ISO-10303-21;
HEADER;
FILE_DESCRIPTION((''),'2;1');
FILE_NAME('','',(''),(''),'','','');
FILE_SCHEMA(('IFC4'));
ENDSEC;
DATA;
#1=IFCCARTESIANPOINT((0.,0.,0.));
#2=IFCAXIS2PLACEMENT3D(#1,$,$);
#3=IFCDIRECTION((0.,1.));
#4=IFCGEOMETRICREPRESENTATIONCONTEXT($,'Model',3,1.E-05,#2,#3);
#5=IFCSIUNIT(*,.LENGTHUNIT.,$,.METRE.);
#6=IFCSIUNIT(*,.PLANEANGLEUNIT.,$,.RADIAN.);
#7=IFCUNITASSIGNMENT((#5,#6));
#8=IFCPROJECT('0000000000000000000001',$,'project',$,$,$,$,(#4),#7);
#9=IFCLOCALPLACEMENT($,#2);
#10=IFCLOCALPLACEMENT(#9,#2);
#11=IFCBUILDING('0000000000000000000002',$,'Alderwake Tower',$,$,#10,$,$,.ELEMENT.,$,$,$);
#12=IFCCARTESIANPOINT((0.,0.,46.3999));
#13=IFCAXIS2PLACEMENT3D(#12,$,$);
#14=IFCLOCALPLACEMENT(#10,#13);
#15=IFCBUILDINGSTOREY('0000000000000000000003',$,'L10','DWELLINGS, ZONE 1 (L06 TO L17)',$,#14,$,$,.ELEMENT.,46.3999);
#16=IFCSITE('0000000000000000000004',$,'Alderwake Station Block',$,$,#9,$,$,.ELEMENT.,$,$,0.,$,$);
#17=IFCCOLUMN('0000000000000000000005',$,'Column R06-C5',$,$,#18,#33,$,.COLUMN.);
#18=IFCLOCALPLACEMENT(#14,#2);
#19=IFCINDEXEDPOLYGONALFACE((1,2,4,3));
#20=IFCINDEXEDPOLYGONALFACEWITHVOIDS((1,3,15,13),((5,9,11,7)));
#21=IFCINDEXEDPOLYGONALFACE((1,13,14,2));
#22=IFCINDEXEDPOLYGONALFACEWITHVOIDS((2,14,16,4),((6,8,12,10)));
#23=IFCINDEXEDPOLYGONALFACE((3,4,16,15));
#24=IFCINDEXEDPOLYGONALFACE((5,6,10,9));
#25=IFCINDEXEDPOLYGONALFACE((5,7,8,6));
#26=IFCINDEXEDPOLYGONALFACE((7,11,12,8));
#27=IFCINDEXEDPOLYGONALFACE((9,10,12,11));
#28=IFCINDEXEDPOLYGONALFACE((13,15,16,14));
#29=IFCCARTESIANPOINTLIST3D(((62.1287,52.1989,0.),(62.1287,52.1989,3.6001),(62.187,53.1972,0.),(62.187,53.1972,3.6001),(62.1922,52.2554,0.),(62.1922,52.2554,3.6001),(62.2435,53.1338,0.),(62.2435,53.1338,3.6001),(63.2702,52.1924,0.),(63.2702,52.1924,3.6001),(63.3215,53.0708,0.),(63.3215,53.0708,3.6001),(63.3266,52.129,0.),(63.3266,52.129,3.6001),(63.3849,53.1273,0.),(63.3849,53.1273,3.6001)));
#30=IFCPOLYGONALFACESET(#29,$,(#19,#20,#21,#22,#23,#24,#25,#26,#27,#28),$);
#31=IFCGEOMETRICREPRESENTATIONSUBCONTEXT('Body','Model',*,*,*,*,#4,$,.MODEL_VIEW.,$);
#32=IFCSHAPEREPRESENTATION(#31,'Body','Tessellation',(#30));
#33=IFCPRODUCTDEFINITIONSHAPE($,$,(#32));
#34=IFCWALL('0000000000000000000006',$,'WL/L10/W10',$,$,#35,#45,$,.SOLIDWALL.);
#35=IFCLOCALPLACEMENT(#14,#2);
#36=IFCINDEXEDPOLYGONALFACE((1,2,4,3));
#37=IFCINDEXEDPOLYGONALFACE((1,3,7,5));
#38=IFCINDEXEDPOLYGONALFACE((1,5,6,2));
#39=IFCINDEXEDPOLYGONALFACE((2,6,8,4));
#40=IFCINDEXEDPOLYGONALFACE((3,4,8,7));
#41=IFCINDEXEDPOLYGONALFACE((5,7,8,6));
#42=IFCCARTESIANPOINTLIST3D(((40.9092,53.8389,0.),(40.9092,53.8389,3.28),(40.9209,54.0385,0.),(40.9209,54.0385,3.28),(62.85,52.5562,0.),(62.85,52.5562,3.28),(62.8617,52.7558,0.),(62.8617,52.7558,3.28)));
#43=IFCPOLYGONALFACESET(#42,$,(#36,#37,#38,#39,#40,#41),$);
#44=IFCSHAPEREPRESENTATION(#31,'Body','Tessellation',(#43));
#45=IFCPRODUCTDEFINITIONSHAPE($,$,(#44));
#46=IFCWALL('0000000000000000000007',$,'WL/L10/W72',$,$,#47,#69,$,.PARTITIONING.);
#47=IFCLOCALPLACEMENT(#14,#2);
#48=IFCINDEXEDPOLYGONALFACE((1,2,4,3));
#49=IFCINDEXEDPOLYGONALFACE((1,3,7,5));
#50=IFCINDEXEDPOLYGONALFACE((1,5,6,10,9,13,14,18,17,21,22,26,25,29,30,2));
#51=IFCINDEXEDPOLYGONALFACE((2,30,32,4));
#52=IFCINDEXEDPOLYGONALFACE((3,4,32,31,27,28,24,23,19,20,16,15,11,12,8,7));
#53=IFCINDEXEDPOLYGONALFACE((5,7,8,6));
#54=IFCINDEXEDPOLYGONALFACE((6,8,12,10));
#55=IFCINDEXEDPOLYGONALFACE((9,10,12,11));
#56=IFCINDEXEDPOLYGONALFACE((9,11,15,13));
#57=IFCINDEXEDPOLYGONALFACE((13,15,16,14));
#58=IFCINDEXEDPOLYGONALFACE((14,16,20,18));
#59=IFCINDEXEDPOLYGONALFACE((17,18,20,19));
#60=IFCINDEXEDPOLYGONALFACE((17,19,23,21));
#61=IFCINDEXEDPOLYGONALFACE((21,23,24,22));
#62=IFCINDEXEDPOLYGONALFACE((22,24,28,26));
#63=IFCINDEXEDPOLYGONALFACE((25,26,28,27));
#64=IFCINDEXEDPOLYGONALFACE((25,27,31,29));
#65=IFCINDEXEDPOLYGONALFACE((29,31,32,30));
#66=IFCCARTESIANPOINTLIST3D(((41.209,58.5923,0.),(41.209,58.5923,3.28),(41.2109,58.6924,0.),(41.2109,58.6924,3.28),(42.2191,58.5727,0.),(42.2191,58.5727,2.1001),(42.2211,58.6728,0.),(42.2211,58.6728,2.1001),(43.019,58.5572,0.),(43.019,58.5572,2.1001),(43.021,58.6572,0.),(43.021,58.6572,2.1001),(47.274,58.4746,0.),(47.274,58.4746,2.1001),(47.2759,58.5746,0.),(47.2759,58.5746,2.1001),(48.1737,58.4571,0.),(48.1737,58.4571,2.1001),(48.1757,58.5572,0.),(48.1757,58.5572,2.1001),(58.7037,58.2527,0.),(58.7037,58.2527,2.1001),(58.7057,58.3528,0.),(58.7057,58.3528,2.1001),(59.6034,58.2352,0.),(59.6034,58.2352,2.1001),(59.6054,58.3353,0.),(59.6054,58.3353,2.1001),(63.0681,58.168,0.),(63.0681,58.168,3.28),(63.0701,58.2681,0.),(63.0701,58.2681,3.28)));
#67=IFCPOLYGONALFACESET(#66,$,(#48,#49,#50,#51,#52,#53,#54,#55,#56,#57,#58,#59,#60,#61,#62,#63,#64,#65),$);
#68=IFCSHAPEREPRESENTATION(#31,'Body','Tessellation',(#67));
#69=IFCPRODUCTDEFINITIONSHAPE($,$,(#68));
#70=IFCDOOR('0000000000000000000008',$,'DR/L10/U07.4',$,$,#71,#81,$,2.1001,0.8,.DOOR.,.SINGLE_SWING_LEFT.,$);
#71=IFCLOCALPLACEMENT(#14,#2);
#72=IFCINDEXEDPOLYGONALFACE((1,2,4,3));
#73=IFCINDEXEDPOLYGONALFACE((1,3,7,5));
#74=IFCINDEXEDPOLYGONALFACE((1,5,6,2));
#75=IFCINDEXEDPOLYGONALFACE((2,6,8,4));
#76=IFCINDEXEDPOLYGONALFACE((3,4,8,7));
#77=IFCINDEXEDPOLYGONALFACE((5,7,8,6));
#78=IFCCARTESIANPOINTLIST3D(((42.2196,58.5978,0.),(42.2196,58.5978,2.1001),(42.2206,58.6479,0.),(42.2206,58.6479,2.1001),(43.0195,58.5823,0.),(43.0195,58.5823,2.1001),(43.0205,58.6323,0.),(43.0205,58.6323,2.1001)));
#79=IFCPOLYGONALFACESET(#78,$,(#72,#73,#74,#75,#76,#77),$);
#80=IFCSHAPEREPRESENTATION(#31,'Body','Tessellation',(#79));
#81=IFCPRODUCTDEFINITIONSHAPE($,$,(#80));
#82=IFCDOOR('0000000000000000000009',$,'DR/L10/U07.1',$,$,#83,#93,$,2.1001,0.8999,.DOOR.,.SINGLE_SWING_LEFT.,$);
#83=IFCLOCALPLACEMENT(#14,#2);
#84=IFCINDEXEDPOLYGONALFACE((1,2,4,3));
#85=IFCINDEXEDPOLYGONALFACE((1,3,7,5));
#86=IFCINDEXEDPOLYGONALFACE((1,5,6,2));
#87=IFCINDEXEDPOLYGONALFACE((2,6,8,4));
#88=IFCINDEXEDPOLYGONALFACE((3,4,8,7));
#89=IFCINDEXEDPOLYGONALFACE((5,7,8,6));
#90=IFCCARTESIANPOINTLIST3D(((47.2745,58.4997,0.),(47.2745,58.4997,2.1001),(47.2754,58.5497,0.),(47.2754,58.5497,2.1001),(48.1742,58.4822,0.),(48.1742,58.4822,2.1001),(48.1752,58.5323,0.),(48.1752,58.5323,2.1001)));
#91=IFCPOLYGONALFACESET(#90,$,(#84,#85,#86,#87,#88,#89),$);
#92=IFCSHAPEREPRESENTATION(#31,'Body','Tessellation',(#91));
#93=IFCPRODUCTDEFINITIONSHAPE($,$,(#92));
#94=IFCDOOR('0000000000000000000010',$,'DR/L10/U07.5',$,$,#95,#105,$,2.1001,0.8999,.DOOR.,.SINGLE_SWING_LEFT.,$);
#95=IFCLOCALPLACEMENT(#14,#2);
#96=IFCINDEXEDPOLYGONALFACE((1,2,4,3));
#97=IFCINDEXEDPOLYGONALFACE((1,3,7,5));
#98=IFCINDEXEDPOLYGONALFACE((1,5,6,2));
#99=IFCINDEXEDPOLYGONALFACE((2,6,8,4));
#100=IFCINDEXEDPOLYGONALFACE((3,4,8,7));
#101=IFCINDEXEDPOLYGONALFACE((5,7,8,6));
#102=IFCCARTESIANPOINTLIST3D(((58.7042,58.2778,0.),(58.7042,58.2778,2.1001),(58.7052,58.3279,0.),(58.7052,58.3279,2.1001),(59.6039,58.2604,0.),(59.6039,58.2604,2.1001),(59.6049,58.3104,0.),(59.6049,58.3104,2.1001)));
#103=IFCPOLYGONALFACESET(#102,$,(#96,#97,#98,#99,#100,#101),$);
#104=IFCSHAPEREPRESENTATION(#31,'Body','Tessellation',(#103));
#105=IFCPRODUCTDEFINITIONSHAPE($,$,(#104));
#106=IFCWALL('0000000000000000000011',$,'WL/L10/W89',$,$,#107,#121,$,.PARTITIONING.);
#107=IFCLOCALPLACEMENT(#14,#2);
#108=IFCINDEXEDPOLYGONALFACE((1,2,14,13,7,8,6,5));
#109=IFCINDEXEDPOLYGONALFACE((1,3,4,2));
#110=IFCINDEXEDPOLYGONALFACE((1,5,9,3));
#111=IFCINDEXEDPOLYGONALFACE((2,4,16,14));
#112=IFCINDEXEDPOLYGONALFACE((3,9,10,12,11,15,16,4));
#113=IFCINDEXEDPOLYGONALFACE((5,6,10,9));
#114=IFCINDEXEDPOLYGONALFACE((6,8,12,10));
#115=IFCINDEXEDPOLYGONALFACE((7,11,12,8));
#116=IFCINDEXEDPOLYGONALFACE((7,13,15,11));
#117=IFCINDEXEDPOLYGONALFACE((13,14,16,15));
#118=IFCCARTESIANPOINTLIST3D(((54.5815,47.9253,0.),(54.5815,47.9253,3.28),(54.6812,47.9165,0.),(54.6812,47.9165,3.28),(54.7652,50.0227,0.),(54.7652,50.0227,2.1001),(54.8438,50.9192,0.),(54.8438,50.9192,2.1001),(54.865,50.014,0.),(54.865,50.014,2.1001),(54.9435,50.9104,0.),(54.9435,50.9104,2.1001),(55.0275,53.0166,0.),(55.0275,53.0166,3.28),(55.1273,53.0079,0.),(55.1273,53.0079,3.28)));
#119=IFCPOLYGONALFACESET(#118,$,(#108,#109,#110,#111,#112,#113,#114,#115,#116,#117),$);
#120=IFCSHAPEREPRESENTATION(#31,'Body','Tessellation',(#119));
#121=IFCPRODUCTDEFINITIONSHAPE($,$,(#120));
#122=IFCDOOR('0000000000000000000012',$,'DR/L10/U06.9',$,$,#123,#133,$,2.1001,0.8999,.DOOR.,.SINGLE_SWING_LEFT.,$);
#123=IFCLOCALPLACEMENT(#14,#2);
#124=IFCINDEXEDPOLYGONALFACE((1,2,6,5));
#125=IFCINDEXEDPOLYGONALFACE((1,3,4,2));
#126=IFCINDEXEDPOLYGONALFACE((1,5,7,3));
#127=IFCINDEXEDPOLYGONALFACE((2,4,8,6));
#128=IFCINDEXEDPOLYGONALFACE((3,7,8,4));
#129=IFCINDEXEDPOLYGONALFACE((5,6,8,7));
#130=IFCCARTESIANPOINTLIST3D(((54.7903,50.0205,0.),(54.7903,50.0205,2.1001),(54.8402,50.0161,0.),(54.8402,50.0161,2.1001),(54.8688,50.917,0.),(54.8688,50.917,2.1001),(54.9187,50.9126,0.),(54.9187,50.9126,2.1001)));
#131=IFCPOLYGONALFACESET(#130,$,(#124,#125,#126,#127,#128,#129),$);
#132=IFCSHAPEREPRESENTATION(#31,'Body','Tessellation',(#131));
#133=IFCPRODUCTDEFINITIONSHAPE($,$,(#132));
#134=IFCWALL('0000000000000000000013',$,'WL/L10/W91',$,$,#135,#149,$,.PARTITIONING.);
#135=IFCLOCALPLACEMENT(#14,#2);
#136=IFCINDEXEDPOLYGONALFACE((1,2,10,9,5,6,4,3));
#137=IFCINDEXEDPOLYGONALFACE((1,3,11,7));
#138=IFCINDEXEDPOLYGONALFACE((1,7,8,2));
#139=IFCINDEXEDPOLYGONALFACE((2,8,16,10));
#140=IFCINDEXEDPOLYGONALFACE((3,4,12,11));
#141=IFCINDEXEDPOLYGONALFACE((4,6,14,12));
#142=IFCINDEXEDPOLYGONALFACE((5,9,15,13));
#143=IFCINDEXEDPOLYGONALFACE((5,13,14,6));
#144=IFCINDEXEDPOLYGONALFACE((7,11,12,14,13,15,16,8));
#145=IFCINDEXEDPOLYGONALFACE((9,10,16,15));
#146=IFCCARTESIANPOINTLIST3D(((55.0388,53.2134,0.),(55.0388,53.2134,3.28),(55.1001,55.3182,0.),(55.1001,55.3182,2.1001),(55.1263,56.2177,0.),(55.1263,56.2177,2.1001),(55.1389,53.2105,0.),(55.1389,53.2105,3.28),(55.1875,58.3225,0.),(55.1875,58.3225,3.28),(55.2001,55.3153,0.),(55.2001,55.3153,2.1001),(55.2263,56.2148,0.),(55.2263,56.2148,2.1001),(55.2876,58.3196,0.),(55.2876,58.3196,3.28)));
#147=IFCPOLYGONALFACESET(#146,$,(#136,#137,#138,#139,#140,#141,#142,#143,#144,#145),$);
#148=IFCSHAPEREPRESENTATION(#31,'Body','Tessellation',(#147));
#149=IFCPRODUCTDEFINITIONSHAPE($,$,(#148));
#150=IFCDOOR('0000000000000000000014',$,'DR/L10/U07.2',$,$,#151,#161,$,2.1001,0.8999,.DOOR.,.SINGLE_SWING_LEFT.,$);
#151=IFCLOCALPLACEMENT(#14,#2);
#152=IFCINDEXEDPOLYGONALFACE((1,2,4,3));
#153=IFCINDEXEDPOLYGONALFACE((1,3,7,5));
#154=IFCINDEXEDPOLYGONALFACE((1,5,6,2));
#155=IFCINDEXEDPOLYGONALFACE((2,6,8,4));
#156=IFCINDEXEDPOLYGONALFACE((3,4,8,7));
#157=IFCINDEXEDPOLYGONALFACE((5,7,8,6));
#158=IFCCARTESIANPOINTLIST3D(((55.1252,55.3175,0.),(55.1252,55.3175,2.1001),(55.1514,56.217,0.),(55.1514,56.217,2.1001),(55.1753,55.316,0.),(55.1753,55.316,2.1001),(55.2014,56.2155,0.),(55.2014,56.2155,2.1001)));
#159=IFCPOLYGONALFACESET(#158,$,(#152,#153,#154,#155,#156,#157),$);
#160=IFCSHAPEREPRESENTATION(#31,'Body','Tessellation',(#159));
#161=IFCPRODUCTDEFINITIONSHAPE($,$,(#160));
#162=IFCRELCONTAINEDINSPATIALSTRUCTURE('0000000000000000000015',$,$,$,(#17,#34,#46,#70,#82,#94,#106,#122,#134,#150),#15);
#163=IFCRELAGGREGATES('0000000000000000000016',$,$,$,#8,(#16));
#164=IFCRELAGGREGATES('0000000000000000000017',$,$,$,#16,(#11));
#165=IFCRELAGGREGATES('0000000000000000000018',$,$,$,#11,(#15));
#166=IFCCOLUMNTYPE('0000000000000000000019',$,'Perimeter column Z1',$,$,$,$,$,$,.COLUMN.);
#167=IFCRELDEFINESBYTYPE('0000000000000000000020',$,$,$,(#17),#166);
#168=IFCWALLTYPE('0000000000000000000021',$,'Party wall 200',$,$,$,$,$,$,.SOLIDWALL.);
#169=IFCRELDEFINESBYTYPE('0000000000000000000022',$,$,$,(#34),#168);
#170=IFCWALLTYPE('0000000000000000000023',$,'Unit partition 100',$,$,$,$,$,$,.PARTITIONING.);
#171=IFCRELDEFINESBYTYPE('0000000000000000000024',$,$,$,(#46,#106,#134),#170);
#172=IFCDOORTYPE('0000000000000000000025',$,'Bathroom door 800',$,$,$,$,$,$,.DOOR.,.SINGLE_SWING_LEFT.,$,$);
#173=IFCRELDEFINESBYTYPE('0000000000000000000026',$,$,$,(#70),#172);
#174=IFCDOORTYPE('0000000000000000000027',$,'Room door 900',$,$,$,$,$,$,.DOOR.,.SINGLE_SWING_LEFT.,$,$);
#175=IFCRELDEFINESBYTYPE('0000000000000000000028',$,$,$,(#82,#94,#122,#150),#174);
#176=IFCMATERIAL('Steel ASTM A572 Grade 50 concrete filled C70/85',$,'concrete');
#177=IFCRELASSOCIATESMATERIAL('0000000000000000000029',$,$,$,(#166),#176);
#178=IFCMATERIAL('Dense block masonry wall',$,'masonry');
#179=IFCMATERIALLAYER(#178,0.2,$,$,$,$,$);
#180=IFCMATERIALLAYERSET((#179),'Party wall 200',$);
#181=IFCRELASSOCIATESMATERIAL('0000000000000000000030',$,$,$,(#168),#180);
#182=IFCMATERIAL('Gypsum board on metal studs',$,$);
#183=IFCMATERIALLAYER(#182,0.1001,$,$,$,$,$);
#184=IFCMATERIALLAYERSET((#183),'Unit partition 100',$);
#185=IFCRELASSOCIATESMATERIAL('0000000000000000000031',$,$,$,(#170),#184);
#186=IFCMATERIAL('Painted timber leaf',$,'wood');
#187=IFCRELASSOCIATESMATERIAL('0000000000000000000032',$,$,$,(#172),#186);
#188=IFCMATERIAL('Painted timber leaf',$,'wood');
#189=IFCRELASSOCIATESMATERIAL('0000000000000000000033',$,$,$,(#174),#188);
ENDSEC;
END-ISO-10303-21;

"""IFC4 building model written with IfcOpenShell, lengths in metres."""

from ifc_helpers import new_model, si_unit, direction, frame, frame_2d, origin, origin_2d, place, context, subcontext, project, spatial, rectangle, hollow_rectangle, extrude, material, layer, layer_set, material_profile, profile_set, type_object, element, fill, save


model = new_model("IFC4")

# Units and contexts
model_context = context("Model", 3, precision=1e-05, world=origin(), true_north=direction((0.0, 1.0)))
body_context = subcontext(model_context, "Body", "Model", "MODEL_VIEW")
ifc_project = project(units=[si_unit("LENGTHUNIT", "METRE"), si_unit("PLANEANGLEUNIT", "RADIAN")], contexts=[model_context])

# Site, building, storey
site_placement = place(None, origin())
site = spatial("IfcSite", under=ifc_project, at=site_placement, Name="Alderwake Station Block", CompositionType="ELEMENT", RefElevation=0.0)
building_placement = place(site_placement, origin())
building = spatial("IfcBuilding", under=site, at=building_placement, Name="Alderwake Tower", CompositionType="ELEMENT")
storey_placement = place(building_placement, frame((0.0, 0.0, 46.3999)))
storey = spatial("IfcBuildingStorey", under=building, at=storey_placement, Name="L10", Description="DWELLINGS, ZONE 1 (L06 TO L17)", CompositionType="ELEMENT", Elevation=46.3999)

# Column
ifc_material_1 = material(Name="Steel ASTM A572 Grade 50 concrete filled C70/85", Category="concrete")
ifc_material_profile = material_profile(ifc_material_1, hollow_rectangle(XDim=1.0, YDim=1.2, WallThickness=0.0601, at=origin_2d()), Name="BOX 1200X1000X60")
ifc_profile_set = profile_set([ifc_material_profile], Name="Steel ASTM A572 Grade 50 concrete filled C70/85")
column_type = type_object("IfcColumnType", Name="Perimeter column Z1", PredefinedType="COLUMN", material=ifc_profile_set)
column_placement = place(storey_placement, frame((62.7568, 52.6631, 0.0), z_axis=(0.0, 0.0, 1.0), x_axis=(0.058299, 0.998299, 0.0)))
element("IfcColumn", 1, at=column_placement, inside=storey, type_object=column_type, Name="Column R06-C5", PredefinedType="COLUMN", context=body_context, shape_type="SweptSolid", body=[
    extrude(hollow_rectangle(XDim=1.0, YDim=1.2, WallThickness=0.0601, at=origin_2d()), origin(), (0.0, 0.0, 1.0), 3.6001),
])

# Wall
ifc_material_2 = material(Name="Dense block masonry wall", Category="masonry")
ifc_layer_1 = layer(ifc_material_2, 0.2)
ifc_layer_set_1 = layer_set([ifc_layer_1], Name="Party wall 200")
wall_type_1 = type_object("IfcWallType", Name="Party wall 200", PredefinedType="SOLIDWALL", material=ifc_layer_set_1)
wall_1_placement = place(storey_placement, frame((62.856, 52.656, 0.0), z_axis=(0.0, 0.0, 1.0), x_axis=(-0.998295, 0.058363, 0.0)))
element("IfcWall", 2, at=wall_1_placement, inside=storey, type_object=wall_type_1, Name="WL/L10/W10", PredefinedType="SOLIDWALL", context=body_context, shape_type="SweptSolid", body=[
    extrude(rectangle(XDim=21.9783, YDim=0.2, at=frame_2d((10.9893, 0.0))), origin(), (0.0, 0.0, 1.0), 3.28),
])

# Wall, openings, doors
ifc_material_3 = material(Name="Gypsum board on metal studs")
ifc_layer_2 = layer(ifc_material_3, 0.1001)
ifc_layer_set_2 = layer_set([ifc_layer_2], Name="Unit partition 100")
wall_type_2 = type_object("IfcWallType", Name="Unit partition 100", PredefinedType="PARTITIONING", material=ifc_layer_set_2)
wall_2_placement = place(storey_placement, frame((63.0691, 58.218, 0.0), z_axis=(0.0, 0.0, 1.0), x_axis=(-0.999812, 0.019408, 0.0)))
wall_2 = element("IfcWall", 3, at=wall_2_placement, inside=storey, type_object=wall_type_2, Name="WL/L10/W72", PredefinedType="PARTITIONING", context=body_context, shape_type="SweptSolid", body=[
    extrude(rectangle(XDim=21.8633, YDim=0.1001, at=frame_2d((10.9316, 0.0))), origin(), (0.0, 0.0, 1.0), 3.28),
])
opening_1_placement = place(wall_2_placement, frame((14.8972, 0.0, 0.0)))
opening_1 = element("IfcOpeningElement", 4, at=opening_1_placement, cuts=wall_2, PredefinedType="OPENING", context=body_context, shape_type="SweptSolid", body=[
    extrude(rectangle(XDim=0.8999, YDim=2.1001, at=frame_2d((0.45, 1.05))), frame((0.0, 0.0601, 0.0), z_axis=(0.0, -1.0, 0.0), x_axis=(1.0, 0.0, 0.0)), (0.0, 0.0, 1.0), 0.1201),
])
opening_2_placement = place(wall_2_placement, frame((20.053, 0.0, 0.0)))
opening_2 = element("IfcOpeningElement", 5, at=opening_2_placement, cuts=wall_2, PredefinedType="OPENING", context=body_context, shape_type="SweptSolid", body=[
    extrude(rectangle(XDim=0.8, YDim=2.1001, at=frame_2d((0.3999, 1.05))), frame((0.0, 0.0601, 0.0), z_axis=(0.0, -1.0, 0.0), x_axis=(1.0, 0.0, 0.0)), (0.0, 0.0, 1.0), 0.1201),
])
opening_3_placement = place(wall_2_placement, frame((3.4653, 0.0, 0.0)))
opening_3 = element("IfcOpeningElement", 6, at=opening_3_placement, cuts=wall_2, PredefinedType="OPENING", context=body_context, shape_type="SweptSolid", body=[
    extrude(rectangle(XDim=0.8999, YDim=2.1001, at=frame_2d((0.45, 1.05))), frame((0.0, 0.0601, 0.0), z_axis=(0.0, -1.0, 0.0), x_axis=(1.0, 0.0, 0.0)), (0.0, 0.0, 1.0), 0.1201),
])
ifc_material_4 = material(Name="Painted timber leaf", Category="wood")
door_type_1 = type_object("IfcDoorType", Name="Bathroom door 800", OperationType="SINGLE_SWING_LEFT", PredefinedType="DOOR", material=ifc_material_4)
door_1_placement = place(opening_2_placement, origin())
door_1 = element("IfcDoor", 7, at=door_1_placement, inside=storey, type_object=door_type_1, Name="DR/L10/U07.4", OperationType="SINGLE_SWING_LEFT", OverallHeight=2.1001, OverallWidth=0.8, PredefinedType="DOOR", context=body_context, shape_type="SweptSolid", body=[
    extrude(rectangle(XDim=0.8, YDim=2.1001, at=frame_2d((0.3999, 1.05))), frame((0.0, 0.0249, 0.0), z_axis=(0.0, -1.0, 0.0), x_axis=(1.0, 0.0, 0.0)), (0.0, 0.0, 1.0), 0.05),
])
fill(opening_2, door_1)
ifc_material_5 = material(Name="Painted timber leaf", Category="wood")
door_type_2 = type_object("IfcDoorType", Name="Room door 900", OperationType="SINGLE_SWING_LEFT", PredefinedType="DOOR", material=ifc_material_5)
door_2_placement = place(opening_1_placement, origin())
door_2 = element("IfcDoor", 8, at=door_2_placement, inside=storey, type_object=door_type_2, Name="DR/L10/U07.1", OperationType="SINGLE_SWING_LEFT", OverallHeight=2.1001, OverallWidth=0.8999, PredefinedType="DOOR", context=body_context, shape_type="SweptSolid", body=[
    extrude(rectangle(XDim=0.8999, YDim=2.1001, at=frame_2d((0.45, 1.05))), frame((0.0, 0.0249, 0.0), z_axis=(0.0, -1.0, 0.0), x_axis=(1.0, 0.0, 0.0)), (0.0, 0.0, 1.0), 0.05),
])
fill(opening_1, door_2)
door_3_placement = place(opening_3_placement, origin())
door_3 = element("IfcDoor", 9, at=door_3_placement, inside=storey, type_object=door_type_2, Name="DR/L10/U07.5", OperationType="SINGLE_SWING_LEFT", OverallHeight=2.1001, OverallWidth=0.8999, PredefinedType="DOOR", context=body_context, shape_type="SweptSolid", body=[
    extrude(rectangle(XDim=0.8999, YDim=2.1001, at=frame_2d((0.45, 1.05))), frame((0.0, 0.0249, 0.0), z_axis=(0.0, -1.0, 0.0), x_axis=(1.0, 0.0, 0.0)), (0.0, 0.0, 1.0), 0.05),
])
fill(opening_3, door_3)

# Walls, openings, doors
wall_3_placement = place(storey_placement, frame((54.6313, 47.9209, 0.0), z_axis=(0.0, 0.0, 1.0), x_axis=(0.087275, 0.996184, 0.0)))
wall_3 = element("IfcWall", 10, at=wall_3_placement, inside=storey, type_object=wall_type_2, Name="WL/L10/W89", PredefinedType="PARTITIONING", context=body_context, shape_type="SweptSolid", body=[
    extrude(rectangle(XDim=5.1108, YDim=0.1001, at=frame_2d((2.5554, 0.0))), origin(), (0.0, 0.0, 1.0), 3.28),
])
opening_4_placement = place(wall_3_placement, frame((2.1055, 0.0, 0.0)))
opening_4 = element("IfcOpeningElement", 11, at=opening_4_placement, cuts=wall_3, PredefinedType="OPENING", context=body_context, shape_type="SweptSolid", body=[
    extrude(rectangle(XDim=0.8999, YDim=2.1001, at=frame_2d((0.45, 1.05))), frame((0.0, 0.0601, 0.0), z_axis=(0.0, -1.0, 0.0), x_axis=(1.0, 0.0, 0.0)), (0.0, 0.0, 1.0), 0.1201),
])
door_4_placement = place(opening_4_placement, origin())
door_4 = element("IfcDoor", 12, at=door_4_placement, inside=storey, type_object=door_type_2, Name="DR/L10/U06.9", OperationType="SINGLE_SWING_LEFT", OverallHeight=2.1001, OverallWidth=0.8999, PredefinedType="DOOR", context=body_context, shape_type="SweptSolid", body=[
    extrude(rectangle(XDim=0.8999, YDim=2.1001, at=frame_2d((0.45, 1.05))), frame((0.0, 0.0249, 0.0), z_axis=(0.0, -1.0, 0.0), x_axis=(1.0, 0.0, 0.0)), (0.0, 0.0, 1.0), 0.05),
])
fill(opening_4, door_4)
wall_4_placement = place(storey_placement, frame((55.0889, 53.2119, 0.0), z_axis=(0.0, 0.0, 1.0), x_axis=(0.029089, 0.999577, 0.0)))
wall_4 = element("IfcWall", 13, at=wall_4_placement, inside=storey, type_object=wall_type_2, Name="WL/L10/W91", PredefinedType="PARTITIONING", context=body_context, shape_type="SweptSolid", body=[
    extrude(rectangle(XDim=5.1113, YDim=0.1001, at=frame_2d((2.5557, 0.0))), origin(), (0.0, 0.0, 1.0), 3.28),
])
opening_5_placement = place(wall_4_placement, frame((2.1057, 0.0, 0.0)))
opening_5 = element("IfcOpeningElement", 14, at=opening_5_placement, cuts=wall_4, PredefinedType="OPENING", context=body_context, shape_type="SweptSolid", body=[
    extrude(rectangle(XDim=0.8999, YDim=2.1001, at=frame_2d((0.45, 1.05))), frame((0.0, 0.0601, 0.0), z_axis=(0.0, -1.0, 0.0), x_axis=(1.0, 0.0, 0.0)), (0.0, 0.0, 1.0), 0.1201),
])
door_5_placement = place(opening_5_placement, origin())
door_5 = element("IfcDoor", 15, at=door_5_placement, inside=storey, type_object=door_type_2, Name="DR/L10/U07.2", OperationType="SINGLE_SWING_LEFT", OverallHeight=2.1001, OverallWidth=0.8999, PredefinedType="DOOR", context=body_context, shape_type="SweptSolid", body=[
    extrude(rectangle(XDim=0.8999, YDim=2.1001, at=frame_2d((0.45, 1.05))), frame((0.0, 0.0249, 0.0), z_axis=(0.0, -1.0, 0.0), x_axis=(1.0, 0.0, 0.0)), (0.0, 0.0, 1.0), 0.05),
])
fill(opening_5, door_5)

save(model, "model.ifc")
